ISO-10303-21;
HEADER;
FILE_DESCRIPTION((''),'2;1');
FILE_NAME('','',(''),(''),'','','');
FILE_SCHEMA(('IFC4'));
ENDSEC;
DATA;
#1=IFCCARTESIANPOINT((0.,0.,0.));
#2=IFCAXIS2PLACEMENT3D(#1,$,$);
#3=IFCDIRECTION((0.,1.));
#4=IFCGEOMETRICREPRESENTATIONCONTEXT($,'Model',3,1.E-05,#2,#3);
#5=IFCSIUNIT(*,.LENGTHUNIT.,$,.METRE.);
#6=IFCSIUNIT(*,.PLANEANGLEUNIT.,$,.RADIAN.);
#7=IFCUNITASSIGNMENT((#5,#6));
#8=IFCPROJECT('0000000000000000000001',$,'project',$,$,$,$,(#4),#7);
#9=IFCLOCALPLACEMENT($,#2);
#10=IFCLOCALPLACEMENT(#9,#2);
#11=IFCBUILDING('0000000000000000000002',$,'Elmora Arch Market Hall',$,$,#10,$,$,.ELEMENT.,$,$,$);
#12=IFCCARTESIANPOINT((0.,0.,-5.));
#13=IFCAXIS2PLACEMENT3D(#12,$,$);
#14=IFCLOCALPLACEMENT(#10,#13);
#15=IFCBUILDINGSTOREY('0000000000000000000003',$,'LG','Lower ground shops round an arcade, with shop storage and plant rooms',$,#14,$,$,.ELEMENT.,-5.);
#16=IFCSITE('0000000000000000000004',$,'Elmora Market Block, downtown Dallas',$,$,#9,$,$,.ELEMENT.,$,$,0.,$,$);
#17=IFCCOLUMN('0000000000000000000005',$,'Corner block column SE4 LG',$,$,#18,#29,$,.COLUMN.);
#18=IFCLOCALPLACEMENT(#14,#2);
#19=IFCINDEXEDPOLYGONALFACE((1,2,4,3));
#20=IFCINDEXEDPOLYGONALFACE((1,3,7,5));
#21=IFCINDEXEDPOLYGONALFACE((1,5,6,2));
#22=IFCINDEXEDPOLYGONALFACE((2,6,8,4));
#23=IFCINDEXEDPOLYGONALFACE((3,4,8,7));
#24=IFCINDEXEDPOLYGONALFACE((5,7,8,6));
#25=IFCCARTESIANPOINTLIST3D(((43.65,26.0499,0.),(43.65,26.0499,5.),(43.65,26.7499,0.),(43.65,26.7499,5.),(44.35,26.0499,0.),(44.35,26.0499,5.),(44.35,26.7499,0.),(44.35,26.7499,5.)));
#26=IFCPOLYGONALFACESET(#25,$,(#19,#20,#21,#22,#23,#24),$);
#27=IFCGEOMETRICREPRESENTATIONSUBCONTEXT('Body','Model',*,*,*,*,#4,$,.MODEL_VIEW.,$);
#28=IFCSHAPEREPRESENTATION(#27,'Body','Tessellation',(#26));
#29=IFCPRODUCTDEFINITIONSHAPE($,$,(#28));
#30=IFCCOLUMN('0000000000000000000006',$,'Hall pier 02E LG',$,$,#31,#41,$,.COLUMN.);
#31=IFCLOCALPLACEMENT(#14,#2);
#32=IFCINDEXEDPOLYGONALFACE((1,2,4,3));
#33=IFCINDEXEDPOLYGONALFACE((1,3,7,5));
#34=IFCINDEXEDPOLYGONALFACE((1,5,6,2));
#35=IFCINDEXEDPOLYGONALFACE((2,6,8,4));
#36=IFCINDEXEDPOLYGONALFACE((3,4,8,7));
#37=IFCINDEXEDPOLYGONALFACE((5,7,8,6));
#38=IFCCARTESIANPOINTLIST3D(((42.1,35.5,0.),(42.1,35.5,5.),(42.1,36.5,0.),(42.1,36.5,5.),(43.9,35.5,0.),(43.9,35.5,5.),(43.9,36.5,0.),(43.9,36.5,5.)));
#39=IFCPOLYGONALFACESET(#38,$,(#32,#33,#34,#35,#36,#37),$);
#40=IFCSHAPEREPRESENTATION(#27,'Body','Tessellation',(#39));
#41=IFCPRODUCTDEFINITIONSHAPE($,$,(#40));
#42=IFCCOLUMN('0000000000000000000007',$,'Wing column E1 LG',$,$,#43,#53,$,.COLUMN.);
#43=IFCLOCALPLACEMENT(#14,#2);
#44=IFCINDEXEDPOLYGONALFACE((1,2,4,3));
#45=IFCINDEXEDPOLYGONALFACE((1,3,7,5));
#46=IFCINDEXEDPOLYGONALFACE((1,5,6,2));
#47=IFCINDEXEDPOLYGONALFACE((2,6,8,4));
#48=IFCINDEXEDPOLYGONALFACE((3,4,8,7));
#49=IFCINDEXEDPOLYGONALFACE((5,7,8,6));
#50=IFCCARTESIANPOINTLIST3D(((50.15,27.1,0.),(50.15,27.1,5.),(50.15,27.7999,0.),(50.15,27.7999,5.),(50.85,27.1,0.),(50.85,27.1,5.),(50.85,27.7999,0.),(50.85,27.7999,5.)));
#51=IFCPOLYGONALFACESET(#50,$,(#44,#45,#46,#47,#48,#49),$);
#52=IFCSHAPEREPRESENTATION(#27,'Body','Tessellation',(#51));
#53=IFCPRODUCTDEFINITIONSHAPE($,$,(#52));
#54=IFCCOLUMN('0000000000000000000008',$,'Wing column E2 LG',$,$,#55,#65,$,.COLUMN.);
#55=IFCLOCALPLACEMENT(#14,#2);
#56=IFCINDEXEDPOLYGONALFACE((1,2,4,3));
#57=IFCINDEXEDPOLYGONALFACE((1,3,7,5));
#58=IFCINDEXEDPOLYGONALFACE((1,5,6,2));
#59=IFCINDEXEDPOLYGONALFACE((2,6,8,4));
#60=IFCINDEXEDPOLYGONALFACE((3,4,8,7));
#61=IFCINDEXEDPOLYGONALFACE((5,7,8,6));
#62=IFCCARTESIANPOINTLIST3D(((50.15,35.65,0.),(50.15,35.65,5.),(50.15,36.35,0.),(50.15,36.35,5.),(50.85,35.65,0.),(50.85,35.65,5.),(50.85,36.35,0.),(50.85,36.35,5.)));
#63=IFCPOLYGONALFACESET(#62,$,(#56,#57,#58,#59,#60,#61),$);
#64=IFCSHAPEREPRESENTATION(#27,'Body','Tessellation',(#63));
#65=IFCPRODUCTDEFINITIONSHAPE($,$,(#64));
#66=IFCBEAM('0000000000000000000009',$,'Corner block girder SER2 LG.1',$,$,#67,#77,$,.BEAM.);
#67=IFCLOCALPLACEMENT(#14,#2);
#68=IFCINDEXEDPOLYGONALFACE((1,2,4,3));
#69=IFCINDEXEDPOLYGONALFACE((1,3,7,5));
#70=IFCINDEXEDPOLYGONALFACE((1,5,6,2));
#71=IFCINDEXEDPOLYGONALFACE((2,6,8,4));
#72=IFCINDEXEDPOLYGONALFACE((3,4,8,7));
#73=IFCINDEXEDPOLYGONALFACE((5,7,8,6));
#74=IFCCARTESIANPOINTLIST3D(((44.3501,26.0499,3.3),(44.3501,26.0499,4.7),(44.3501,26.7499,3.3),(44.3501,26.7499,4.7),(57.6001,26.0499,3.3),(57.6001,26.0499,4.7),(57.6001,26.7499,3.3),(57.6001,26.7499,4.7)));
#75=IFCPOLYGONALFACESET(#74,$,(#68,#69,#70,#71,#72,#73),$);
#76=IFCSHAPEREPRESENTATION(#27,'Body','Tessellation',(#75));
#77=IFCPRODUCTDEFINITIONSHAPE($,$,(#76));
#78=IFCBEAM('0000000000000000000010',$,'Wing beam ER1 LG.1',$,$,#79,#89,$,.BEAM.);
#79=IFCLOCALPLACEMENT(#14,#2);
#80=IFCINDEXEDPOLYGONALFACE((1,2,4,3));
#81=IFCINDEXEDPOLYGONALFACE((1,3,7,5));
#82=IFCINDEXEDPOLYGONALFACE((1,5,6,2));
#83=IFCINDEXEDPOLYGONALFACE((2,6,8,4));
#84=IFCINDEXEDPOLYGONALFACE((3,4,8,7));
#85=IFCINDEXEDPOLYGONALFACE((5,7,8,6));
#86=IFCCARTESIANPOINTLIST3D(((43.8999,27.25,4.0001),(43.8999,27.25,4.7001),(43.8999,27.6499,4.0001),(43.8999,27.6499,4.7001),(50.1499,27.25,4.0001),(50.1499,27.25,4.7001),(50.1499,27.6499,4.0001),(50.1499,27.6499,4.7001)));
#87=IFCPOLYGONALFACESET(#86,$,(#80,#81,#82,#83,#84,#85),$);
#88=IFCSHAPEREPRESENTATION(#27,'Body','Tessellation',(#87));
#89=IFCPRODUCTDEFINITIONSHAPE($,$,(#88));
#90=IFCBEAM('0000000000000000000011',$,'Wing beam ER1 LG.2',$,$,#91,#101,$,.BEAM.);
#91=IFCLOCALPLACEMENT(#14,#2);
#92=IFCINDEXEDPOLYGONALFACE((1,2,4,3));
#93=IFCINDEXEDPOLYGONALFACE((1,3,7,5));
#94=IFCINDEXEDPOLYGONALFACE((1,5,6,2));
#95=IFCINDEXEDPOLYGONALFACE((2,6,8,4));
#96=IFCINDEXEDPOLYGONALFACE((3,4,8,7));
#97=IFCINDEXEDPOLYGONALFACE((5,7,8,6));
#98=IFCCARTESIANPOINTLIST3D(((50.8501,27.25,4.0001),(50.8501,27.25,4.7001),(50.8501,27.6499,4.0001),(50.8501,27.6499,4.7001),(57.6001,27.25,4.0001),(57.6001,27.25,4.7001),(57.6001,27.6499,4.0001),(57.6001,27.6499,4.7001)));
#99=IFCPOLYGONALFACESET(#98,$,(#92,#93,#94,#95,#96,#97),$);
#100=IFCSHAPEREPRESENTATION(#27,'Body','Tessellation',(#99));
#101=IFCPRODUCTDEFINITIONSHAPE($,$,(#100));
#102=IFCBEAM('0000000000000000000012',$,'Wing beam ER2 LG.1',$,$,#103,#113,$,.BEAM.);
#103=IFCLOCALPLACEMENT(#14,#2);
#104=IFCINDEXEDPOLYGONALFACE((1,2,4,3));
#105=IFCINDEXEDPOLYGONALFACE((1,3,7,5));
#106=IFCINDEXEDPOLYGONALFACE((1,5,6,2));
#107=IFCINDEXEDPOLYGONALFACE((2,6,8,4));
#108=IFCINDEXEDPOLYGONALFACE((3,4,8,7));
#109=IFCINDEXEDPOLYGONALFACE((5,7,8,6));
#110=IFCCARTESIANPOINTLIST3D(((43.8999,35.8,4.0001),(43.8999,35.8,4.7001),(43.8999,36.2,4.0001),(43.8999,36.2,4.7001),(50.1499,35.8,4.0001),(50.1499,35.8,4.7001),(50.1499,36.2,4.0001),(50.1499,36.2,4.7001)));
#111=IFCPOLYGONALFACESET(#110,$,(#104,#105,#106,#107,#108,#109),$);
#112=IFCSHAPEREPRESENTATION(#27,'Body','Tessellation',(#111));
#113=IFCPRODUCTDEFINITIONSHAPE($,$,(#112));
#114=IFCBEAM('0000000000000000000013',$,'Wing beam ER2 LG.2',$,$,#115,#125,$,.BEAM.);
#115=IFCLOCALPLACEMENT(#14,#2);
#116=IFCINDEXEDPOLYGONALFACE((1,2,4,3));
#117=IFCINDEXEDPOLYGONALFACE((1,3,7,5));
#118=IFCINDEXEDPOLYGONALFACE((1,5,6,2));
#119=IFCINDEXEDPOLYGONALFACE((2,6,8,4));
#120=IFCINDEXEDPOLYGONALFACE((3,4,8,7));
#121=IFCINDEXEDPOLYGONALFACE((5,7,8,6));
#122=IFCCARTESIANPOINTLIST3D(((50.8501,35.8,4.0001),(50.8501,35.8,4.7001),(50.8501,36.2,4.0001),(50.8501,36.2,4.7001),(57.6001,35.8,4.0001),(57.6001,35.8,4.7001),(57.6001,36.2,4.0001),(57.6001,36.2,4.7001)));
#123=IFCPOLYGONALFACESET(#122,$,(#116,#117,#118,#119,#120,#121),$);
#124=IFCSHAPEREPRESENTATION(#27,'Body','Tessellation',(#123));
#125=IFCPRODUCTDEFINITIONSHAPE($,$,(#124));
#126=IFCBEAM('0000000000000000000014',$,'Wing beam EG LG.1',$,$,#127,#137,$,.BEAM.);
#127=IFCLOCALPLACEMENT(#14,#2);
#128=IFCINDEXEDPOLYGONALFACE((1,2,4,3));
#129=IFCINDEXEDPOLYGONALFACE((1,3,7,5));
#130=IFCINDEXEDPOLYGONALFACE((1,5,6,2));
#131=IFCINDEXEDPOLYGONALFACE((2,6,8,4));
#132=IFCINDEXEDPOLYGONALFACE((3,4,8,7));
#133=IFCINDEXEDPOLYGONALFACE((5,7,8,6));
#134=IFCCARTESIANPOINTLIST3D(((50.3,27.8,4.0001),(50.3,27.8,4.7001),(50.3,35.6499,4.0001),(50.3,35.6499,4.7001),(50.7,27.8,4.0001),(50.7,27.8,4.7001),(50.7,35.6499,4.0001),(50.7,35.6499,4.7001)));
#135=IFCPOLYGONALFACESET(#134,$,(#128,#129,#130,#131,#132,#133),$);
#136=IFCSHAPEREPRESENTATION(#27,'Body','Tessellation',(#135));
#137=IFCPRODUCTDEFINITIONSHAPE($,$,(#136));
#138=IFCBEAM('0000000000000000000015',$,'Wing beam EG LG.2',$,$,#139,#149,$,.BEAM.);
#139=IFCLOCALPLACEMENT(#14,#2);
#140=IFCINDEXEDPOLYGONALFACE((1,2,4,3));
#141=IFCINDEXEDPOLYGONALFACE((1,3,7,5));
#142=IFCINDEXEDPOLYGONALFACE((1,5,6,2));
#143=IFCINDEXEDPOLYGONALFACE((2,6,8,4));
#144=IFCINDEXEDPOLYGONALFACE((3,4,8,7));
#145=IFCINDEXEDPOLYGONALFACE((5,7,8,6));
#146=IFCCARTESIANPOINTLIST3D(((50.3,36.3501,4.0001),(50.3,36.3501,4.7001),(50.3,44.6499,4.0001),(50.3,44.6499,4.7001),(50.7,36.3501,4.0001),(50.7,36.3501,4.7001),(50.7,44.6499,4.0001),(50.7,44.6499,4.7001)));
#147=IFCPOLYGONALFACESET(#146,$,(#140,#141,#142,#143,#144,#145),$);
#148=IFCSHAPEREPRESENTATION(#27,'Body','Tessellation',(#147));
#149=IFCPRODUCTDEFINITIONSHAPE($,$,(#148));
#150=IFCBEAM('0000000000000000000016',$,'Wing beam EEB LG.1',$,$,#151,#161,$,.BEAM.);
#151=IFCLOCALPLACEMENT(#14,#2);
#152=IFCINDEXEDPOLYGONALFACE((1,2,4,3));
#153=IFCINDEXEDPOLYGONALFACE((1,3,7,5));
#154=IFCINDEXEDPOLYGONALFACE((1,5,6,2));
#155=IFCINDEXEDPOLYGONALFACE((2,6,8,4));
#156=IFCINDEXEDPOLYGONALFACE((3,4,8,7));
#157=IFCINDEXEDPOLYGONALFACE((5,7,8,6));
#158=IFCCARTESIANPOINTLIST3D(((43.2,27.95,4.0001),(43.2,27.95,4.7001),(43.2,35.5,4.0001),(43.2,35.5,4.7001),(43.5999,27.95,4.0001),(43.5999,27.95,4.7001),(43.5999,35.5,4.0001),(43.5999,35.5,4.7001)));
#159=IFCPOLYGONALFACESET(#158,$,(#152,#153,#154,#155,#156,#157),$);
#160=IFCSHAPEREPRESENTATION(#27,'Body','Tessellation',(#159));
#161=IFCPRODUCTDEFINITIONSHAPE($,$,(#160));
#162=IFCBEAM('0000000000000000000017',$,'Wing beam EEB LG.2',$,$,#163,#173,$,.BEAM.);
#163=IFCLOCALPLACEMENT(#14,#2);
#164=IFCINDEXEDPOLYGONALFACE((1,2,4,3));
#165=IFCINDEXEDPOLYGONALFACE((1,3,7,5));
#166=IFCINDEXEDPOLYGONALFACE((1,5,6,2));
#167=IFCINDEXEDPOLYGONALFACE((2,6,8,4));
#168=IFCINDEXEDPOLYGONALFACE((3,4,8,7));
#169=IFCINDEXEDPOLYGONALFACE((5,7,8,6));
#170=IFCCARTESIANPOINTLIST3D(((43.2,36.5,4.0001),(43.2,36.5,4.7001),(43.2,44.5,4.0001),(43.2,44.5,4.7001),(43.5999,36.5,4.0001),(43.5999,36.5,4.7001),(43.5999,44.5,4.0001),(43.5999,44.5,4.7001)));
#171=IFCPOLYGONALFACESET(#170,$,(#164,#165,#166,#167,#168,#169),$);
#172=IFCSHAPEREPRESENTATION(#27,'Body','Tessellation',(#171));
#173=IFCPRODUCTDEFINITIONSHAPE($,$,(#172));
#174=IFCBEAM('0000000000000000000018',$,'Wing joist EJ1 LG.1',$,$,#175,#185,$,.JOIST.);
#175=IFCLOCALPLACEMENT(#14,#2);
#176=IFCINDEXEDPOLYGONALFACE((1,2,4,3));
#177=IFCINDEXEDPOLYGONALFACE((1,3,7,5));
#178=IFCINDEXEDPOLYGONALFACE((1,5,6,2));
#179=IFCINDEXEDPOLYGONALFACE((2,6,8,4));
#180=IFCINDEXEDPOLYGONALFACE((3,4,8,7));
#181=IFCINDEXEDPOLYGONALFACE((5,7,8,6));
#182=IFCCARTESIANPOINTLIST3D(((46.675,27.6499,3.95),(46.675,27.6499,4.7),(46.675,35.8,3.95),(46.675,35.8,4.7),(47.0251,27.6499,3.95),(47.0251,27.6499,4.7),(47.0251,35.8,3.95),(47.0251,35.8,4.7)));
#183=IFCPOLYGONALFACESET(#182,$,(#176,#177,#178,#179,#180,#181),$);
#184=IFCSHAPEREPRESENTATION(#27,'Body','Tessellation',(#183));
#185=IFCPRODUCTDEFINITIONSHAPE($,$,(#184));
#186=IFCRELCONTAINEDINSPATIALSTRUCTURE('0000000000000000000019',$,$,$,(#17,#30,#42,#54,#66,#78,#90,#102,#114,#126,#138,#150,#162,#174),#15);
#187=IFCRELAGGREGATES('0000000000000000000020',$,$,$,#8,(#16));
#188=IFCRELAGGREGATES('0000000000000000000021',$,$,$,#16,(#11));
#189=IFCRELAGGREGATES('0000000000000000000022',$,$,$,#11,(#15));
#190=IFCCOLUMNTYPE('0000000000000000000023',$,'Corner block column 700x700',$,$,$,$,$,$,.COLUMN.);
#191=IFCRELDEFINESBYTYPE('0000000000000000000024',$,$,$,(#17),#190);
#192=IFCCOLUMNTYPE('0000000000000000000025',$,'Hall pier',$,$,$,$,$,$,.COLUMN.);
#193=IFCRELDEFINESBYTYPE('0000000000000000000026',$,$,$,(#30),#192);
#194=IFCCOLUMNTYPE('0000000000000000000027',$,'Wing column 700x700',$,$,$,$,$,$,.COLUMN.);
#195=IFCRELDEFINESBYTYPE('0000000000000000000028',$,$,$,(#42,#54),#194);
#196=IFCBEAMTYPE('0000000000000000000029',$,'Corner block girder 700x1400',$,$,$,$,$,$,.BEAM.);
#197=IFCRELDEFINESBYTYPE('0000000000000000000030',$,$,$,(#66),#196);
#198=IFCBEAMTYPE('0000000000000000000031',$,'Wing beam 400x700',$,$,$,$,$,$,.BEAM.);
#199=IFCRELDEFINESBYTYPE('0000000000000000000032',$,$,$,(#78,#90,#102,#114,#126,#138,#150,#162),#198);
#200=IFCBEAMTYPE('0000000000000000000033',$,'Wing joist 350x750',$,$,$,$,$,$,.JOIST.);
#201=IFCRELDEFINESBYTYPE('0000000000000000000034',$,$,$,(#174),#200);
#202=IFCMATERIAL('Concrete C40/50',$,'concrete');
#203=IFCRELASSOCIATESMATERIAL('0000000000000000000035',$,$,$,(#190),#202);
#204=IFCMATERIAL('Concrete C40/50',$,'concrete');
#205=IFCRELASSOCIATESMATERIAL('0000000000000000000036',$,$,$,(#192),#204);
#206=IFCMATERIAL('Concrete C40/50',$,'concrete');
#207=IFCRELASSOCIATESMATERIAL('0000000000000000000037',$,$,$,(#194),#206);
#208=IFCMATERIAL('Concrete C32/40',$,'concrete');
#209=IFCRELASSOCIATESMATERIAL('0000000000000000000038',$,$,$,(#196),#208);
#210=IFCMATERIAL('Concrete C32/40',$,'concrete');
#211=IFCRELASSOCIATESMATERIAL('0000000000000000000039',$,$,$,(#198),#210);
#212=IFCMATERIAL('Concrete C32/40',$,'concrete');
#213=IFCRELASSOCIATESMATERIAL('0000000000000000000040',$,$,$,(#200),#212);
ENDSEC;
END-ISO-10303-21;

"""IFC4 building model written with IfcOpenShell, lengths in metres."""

from ifc_helpers import new_model, si_unit, direction, frame, origin, origin_2d, place, context, subcontext, project, spatial, rectangle, extrude, material, material_profile, profile_set, type_object, element, save


model = new_model("IFC4")

# Units and contexts
model_context = context("Model", 3, precision=1e-05, world=origin(), true_north=direction((0.0, 1.0)))
body_context = subcontext(model_context, "Body", "Model", "MODEL_VIEW")
ifc_project = project(units=[si_unit("LENGTHUNIT", "METRE"), si_unit("PLANEANGLEUNIT", "RADIAN")], contexts=[model_context])

# Site, building, storey
site_placement = place(None, origin())
site = spatial("IfcSite", under=ifc_project, at=site_placement, Name="Elmora Market Block, downtown Dallas", CompositionType="ELEMENT", RefElevation=0.0)
building_placement = place(site_placement, origin())
building = spatial("IfcBuilding", under=site, at=building_placement, Name="Elmora Arch Market Hall", CompositionType="ELEMENT")
storey_placement = place(building_placement, frame((0.0, 0.0, -5.0)))
storey = spatial("IfcBuildingStorey", under=building, at=storey_placement, Name="LG", Description="Lower ground shops round an arcade, with shop storage and plant rooms", CompositionType="ELEMENT", Elevation=-5.0)

# Columns
ifc_material_1 = material(Name="Concrete C40/50", Category="concrete")
ifc_material_profile_1 = material_profile(ifc_material_1, rectangle(XDim=0.7, YDim=0.7, at=origin_2d()), Name="Corner block column 700x700")
ifc_profile_set_1 = profile_set([ifc_material_profile_1], Name="Concrete C40/50")
column_type_1 = type_object("IfcColumnType", Name="Corner block column 700x700", PredefinedType="COLUMN", material=ifc_profile_set_1)
column_1_placement = place(storey_placement, frame((44.0, 26.3999, 0.0), z_axis=(0.0, 0.0, 1.0), x_axis=(1.0, 0.0, 0.0)))
element("IfcColumn", 1, at=column_1_placement, inside=storey, type_object=column_type_1, Name="Corner block column SE4 LG", PredefinedType="COLUMN", context=body_context, shape_type="SweptSolid", body=[
    extrude(rectangle(XDim=0.7, YDim=0.7, at=origin_2d()), origin(), (0.0, 0.0, 1.0), 5.0),
])
ifc_material_2 = material(Name="Concrete C40/50", Category="concrete")
ifc_material_profile_2 = material_profile(ifc_material_2, rectangle(XDim=1.8, YDim=1.0, at=origin_2d()), Name="Hall pier")
ifc_profile_set_2 = profile_set([ifc_material_profile_2], Name="Concrete C40/50")
column_type_2 = type_object("IfcColumnType", Name="Hall pier", PredefinedType="COLUMN", material=ifc_profile_set_2)
column_2_placement = place(storey_placement, frame((43.0, 36.0, 0.0), z_axis=(0.0, 0.0, 1.0), x_axis=(1.0, 0.0, 0.0)))
element("IfcColumn", 2, at=column_2_placement, inside=storey, type_object=column_type_2, Name="Hall pier 02E LG", PredefinedType="COLUMN", context=body_context, shape_type="SweptSolid", body=[
    extrude(rectangle(XDim=1.8, YDim=1.0, at=origin_2d()), origin(), (0.0, 0.0, 1.0), 5.0),
])
ifc_material_3 = material(Name="Concrete C40/50", Category="concrete")
ifc_material_profile_3 = material_profile(ifc_material_3, rectangle(XDim=0.7, YDim=0.7, at=origin_2d()), Name="Wing column 700x700")
ifc_profile_set_3 = profile_set([ifc_material_profile_3], Name="Concrete C40/50")
column_type_3 = type_object("IfcColumnType", Name="Wing column 700x700", PredefinedType="COLUMN", material=ifc_profile_set_3)
for number, where, z_axis, x_axis, name in (
    (3, (50.5, 27.45, 0.0), (0.0, 0.0, 1.0), (1.0, 0.0, 0.0), "Wing column E1 LG"),
    (4, (50.5, 36.0, 0.0), (0.0, 0.0, 1.0), (1.0, 0.0, 0.0), "Wing column E2 LG"),
):
    element("IfcColumn", number, at=place(storey_placement, frame(where, z_axis=z_axis, x_axis=x_axis)), inside=storey, type_object=column_type_3, Name=name, PredefinedType="COLUMN", context=body_context, shape_type="SweptSolid", body=[
        extrude(rectangle(XDim=0.7, YDim=0.7, at=origin_2d()), origin(), (0.0, 0.0, 1.0), 5.0),
    ])

# Beams
ifc_material_4 = material(Name="Concrete C32/40", Category="concrete")
ifc_material_profile_4 = material_profile(ifc_material_4, rectangle(XDim=0.7, YDim=1.3999, at=origin_2d()), Name="Corner block girder 700x1400")
ifc_profile_set_4 = profile_set([ifc_material_profile_4], Name="Concrete C32/40")
beam_type_1 = type_object("IfcBeamType", Name="Corner block girder 700x1400", PredefinedType="BEAM", material=ifc_profile_set_4)
beam_1_placement = place(storey_placement, frame((44.3501, 26.3999, 4.0), z_axis=(1.0, 0.0, 0.0), x_axis=(0.0, 1.0, 0.0)))
element("IfcBeam", 5, at=beam_1_placement, inside=storey, type_object=beam_type_1, Name="Corner block girder SER2 LG.1", PredefinedType="BEAM", context=body_context, shape_type="SweptSolid", body=[
    extrude(rectangle(XDim=0.7, YDim=1.3999, at=origin_2d()), origin(), (0.0, 0.0, 1.0), 13.25),
])
ifc_material_5 = material(Name="Concrete C32/40", Category="concrete")
ifc_material_profile_5 = material_profile(ifc_material_5, rectangle(XDim=0.3999, YDim=0.7, at=origin_2d()), Name="Wing beam 400x700")
ifc_profile_set_5 = profile_set([ifc_material_profile_5], Name="Concrete C32/40")
beam_type_2 = type_object("IfcBeamType", Name="Wing beam 400x700", PredefinedType="BEAM", material=ifc_profile_set_5)
beam_2_placement = place(storey_placement, frame((43.8999, 27.45, 4.3501), z_axis=(1.0, 0.0, 0.0), x_axis=(0.0, 1.0, 0.0)))
element("IfcBeam", 6, at=beam_2_placement, inside=storey, type_object=beam_type_2, Name="Wing beam ER1 LG.1", PredefinedType="BEAM", context=body_context, shape_type="SweptSolid", body=[
    extrude(rectangle(XDim=0.3999, YDim=0.7, at=origin_2d()), origin(), (0.0, 0.0, 1.0), 6.25),
])
beam_3_placement = place(storey_placement, frame((50.8501, 27.45, 4.3501), z_axis=(1.0, 0.0, 0.0), x_axis=(0.0, 1.0, 0.0)))
element("IfcBeam", 7, at=beam_3_placement, inside=storey, type_object=beam_type_2, Name="Wing beam ER1 LG.2", PredefinedType="BEAM", context=body_context, shape_type="SweptSolid", body=[
    extrude(rectangle(XDim=0.3999, YDim=0.7, at=origin_2d()), origin(), (0.0, 0.0, 1.0), 6.75),
])
beam_4_placement = place(storey_placement, frame((43.8999, 36.0, 4.3501), z_axis=(1.0, 0.0, 0.0), x_axis=(0.0, 1.0, 0.0)))
element("IfcBeam", 8, at=beam_4_placement, inside=storey, type_object=beam_type_2, Name="Wing beam ER2 LG.1", PredefinedType="BEAM", context=body_context, shape_type="SweptSolid", body=[
    extrude(rectangle(XDim=0.3999, YDim=0.7, at=origin_2d()), origin(), (0.0, 0.0, 1.0), 6.25),
])
beam_5_placement = place(storey_placement, frame((50.8501, 36.0, 4.3501), z_axis=(1.0, 0.0, 0.0), x_axis=(0.0, 1.0, 0.0)))
element("IfcBeam", 9, at=beam_5_placement, inside=storey, type_object=beam_type_2, Name="Wing beam ER2 LG.2", PredefinedType="BEAM", context=body_context, shape_type="SweptSolid", body=[
    extrude(rectangle(XDim=0.3999, YDim=0.7, at=origin_2d()), origin(), (0.0, 0.0, 1.0), 6.75),
])
beam_6_placement = place(storey_placement, frame((50.5, 27.8, 4.3501), z_axis=(0.0, 1.0, 0.0), x_axis=(-1.0, 0.0, 0.0)))
element("IfcBeam", 10, at=beam_6_placement, inside=storey, type_object=beam_type_2, Name="Wing beam EG LG.1", PredefinedType="BEAM", context=body_context, shape_type="SweptSolid", body=[
    extrude(rectangle(XDim=0.3999, YDim=0.7, at=origin_2d()), origin(), (0.0, 0.0, 1.0), 7.8499),
])
beam_7_placement = place(storey_placement, frame((50.5, 36.3501, 4.3501), z_axis=(0.0, 1.0, 0.0), x_axis=(-1.0, 0.0, 0.0)))
element("IfcBeam", 11, at=beam_7_placement, inside=storey, type_object=beam_type_2, Name="Wing beam EG LG.2", PredefinedType="BEAM", context=body_context, shape_type="SweptSolid", body=[
    extrude(rectangle(XDim=0.3999, YDim=0.7, at=origin_2d()), origin(), (0.0, 0.0, 1.0), 8.2998),
])
beam_8_placement = place(storey_placement, frame((43.3999, 27.95, 4.3501), z_axis=(0.0, 1.0, 0.0), x_axis=(-1.0, 0.0, 0.0)))
element("IfcBeam", 12, at=beam_8_placement, inside=storey, type_object=beam_type_2, Name="Wing beam EEB LG.1", PredefinedType="BEAM", context=body_context, shape_type="SweptSolid", body=[
    extrude(rectangle(XDim=0.3999, YDim=0.7, at=origin_2d()), origin(), (0.0, 0.0, 1.0), 7.55),
])
beam_9_placement = place(storey_placement, frame((43.3999, 36.5, 4.3501), z_axis=(0.0, 1.0, 0.0), x_axis=(-1.0, 0.0, 0.0)))
element("IfcBeam", 13, at=beam_9_placement, inside=storey, type_object=beam_type_2, Name="Wing beam EEB LG.2", PredefinedType="BEAM", context=body_context, shape_type="SweptSolid", body=[
    extrude(rectangle(XDim=0.3999, YDim=0.7, at=origin_2d()), origin(), (0.0, 0.0, 1.0), 8.0),
])
ifc_material_6 = material(Name="Concrete C32/40", Category="concrete")
ifc_material_profile_6 = material_profile(ifc_material_6, rectangle(XDim=0.3501, YDim=0.75, at=origin_2d()), Name="Wing joist 350x750")
ifc_profile_set_6 = profile_set([ifc_material_profile_6], Name="Concrete C32/40")
beam_type_3 = type_object("IfcBeamType", Name="Wing joist 350x750", PredefinedType="JOIST", material=ifc_profile_set_6)
beam_10_placement = place(storey_placement, frame((46.8501, 27.6499, 4.325), z_axis=(0.0, 1.0, 0.0), x_axis=(-1.0, 0.0, 0.0)))
element("IfcBeam", 14, at=beam_10_placement, inside=storey, type_object=beam_type_3, Name="Wing joist EJ1 LG.1", PredefinedType="JOIST", context=body_context, shape_type="SweptSolid", body=[
    extrude(rectangle(XDim=0.3501, YDim=0.75, at=origin_2d()), origin(), (0.0, 0.0, 1.0), 8.1501),
])

save(model, "model.ifc")
